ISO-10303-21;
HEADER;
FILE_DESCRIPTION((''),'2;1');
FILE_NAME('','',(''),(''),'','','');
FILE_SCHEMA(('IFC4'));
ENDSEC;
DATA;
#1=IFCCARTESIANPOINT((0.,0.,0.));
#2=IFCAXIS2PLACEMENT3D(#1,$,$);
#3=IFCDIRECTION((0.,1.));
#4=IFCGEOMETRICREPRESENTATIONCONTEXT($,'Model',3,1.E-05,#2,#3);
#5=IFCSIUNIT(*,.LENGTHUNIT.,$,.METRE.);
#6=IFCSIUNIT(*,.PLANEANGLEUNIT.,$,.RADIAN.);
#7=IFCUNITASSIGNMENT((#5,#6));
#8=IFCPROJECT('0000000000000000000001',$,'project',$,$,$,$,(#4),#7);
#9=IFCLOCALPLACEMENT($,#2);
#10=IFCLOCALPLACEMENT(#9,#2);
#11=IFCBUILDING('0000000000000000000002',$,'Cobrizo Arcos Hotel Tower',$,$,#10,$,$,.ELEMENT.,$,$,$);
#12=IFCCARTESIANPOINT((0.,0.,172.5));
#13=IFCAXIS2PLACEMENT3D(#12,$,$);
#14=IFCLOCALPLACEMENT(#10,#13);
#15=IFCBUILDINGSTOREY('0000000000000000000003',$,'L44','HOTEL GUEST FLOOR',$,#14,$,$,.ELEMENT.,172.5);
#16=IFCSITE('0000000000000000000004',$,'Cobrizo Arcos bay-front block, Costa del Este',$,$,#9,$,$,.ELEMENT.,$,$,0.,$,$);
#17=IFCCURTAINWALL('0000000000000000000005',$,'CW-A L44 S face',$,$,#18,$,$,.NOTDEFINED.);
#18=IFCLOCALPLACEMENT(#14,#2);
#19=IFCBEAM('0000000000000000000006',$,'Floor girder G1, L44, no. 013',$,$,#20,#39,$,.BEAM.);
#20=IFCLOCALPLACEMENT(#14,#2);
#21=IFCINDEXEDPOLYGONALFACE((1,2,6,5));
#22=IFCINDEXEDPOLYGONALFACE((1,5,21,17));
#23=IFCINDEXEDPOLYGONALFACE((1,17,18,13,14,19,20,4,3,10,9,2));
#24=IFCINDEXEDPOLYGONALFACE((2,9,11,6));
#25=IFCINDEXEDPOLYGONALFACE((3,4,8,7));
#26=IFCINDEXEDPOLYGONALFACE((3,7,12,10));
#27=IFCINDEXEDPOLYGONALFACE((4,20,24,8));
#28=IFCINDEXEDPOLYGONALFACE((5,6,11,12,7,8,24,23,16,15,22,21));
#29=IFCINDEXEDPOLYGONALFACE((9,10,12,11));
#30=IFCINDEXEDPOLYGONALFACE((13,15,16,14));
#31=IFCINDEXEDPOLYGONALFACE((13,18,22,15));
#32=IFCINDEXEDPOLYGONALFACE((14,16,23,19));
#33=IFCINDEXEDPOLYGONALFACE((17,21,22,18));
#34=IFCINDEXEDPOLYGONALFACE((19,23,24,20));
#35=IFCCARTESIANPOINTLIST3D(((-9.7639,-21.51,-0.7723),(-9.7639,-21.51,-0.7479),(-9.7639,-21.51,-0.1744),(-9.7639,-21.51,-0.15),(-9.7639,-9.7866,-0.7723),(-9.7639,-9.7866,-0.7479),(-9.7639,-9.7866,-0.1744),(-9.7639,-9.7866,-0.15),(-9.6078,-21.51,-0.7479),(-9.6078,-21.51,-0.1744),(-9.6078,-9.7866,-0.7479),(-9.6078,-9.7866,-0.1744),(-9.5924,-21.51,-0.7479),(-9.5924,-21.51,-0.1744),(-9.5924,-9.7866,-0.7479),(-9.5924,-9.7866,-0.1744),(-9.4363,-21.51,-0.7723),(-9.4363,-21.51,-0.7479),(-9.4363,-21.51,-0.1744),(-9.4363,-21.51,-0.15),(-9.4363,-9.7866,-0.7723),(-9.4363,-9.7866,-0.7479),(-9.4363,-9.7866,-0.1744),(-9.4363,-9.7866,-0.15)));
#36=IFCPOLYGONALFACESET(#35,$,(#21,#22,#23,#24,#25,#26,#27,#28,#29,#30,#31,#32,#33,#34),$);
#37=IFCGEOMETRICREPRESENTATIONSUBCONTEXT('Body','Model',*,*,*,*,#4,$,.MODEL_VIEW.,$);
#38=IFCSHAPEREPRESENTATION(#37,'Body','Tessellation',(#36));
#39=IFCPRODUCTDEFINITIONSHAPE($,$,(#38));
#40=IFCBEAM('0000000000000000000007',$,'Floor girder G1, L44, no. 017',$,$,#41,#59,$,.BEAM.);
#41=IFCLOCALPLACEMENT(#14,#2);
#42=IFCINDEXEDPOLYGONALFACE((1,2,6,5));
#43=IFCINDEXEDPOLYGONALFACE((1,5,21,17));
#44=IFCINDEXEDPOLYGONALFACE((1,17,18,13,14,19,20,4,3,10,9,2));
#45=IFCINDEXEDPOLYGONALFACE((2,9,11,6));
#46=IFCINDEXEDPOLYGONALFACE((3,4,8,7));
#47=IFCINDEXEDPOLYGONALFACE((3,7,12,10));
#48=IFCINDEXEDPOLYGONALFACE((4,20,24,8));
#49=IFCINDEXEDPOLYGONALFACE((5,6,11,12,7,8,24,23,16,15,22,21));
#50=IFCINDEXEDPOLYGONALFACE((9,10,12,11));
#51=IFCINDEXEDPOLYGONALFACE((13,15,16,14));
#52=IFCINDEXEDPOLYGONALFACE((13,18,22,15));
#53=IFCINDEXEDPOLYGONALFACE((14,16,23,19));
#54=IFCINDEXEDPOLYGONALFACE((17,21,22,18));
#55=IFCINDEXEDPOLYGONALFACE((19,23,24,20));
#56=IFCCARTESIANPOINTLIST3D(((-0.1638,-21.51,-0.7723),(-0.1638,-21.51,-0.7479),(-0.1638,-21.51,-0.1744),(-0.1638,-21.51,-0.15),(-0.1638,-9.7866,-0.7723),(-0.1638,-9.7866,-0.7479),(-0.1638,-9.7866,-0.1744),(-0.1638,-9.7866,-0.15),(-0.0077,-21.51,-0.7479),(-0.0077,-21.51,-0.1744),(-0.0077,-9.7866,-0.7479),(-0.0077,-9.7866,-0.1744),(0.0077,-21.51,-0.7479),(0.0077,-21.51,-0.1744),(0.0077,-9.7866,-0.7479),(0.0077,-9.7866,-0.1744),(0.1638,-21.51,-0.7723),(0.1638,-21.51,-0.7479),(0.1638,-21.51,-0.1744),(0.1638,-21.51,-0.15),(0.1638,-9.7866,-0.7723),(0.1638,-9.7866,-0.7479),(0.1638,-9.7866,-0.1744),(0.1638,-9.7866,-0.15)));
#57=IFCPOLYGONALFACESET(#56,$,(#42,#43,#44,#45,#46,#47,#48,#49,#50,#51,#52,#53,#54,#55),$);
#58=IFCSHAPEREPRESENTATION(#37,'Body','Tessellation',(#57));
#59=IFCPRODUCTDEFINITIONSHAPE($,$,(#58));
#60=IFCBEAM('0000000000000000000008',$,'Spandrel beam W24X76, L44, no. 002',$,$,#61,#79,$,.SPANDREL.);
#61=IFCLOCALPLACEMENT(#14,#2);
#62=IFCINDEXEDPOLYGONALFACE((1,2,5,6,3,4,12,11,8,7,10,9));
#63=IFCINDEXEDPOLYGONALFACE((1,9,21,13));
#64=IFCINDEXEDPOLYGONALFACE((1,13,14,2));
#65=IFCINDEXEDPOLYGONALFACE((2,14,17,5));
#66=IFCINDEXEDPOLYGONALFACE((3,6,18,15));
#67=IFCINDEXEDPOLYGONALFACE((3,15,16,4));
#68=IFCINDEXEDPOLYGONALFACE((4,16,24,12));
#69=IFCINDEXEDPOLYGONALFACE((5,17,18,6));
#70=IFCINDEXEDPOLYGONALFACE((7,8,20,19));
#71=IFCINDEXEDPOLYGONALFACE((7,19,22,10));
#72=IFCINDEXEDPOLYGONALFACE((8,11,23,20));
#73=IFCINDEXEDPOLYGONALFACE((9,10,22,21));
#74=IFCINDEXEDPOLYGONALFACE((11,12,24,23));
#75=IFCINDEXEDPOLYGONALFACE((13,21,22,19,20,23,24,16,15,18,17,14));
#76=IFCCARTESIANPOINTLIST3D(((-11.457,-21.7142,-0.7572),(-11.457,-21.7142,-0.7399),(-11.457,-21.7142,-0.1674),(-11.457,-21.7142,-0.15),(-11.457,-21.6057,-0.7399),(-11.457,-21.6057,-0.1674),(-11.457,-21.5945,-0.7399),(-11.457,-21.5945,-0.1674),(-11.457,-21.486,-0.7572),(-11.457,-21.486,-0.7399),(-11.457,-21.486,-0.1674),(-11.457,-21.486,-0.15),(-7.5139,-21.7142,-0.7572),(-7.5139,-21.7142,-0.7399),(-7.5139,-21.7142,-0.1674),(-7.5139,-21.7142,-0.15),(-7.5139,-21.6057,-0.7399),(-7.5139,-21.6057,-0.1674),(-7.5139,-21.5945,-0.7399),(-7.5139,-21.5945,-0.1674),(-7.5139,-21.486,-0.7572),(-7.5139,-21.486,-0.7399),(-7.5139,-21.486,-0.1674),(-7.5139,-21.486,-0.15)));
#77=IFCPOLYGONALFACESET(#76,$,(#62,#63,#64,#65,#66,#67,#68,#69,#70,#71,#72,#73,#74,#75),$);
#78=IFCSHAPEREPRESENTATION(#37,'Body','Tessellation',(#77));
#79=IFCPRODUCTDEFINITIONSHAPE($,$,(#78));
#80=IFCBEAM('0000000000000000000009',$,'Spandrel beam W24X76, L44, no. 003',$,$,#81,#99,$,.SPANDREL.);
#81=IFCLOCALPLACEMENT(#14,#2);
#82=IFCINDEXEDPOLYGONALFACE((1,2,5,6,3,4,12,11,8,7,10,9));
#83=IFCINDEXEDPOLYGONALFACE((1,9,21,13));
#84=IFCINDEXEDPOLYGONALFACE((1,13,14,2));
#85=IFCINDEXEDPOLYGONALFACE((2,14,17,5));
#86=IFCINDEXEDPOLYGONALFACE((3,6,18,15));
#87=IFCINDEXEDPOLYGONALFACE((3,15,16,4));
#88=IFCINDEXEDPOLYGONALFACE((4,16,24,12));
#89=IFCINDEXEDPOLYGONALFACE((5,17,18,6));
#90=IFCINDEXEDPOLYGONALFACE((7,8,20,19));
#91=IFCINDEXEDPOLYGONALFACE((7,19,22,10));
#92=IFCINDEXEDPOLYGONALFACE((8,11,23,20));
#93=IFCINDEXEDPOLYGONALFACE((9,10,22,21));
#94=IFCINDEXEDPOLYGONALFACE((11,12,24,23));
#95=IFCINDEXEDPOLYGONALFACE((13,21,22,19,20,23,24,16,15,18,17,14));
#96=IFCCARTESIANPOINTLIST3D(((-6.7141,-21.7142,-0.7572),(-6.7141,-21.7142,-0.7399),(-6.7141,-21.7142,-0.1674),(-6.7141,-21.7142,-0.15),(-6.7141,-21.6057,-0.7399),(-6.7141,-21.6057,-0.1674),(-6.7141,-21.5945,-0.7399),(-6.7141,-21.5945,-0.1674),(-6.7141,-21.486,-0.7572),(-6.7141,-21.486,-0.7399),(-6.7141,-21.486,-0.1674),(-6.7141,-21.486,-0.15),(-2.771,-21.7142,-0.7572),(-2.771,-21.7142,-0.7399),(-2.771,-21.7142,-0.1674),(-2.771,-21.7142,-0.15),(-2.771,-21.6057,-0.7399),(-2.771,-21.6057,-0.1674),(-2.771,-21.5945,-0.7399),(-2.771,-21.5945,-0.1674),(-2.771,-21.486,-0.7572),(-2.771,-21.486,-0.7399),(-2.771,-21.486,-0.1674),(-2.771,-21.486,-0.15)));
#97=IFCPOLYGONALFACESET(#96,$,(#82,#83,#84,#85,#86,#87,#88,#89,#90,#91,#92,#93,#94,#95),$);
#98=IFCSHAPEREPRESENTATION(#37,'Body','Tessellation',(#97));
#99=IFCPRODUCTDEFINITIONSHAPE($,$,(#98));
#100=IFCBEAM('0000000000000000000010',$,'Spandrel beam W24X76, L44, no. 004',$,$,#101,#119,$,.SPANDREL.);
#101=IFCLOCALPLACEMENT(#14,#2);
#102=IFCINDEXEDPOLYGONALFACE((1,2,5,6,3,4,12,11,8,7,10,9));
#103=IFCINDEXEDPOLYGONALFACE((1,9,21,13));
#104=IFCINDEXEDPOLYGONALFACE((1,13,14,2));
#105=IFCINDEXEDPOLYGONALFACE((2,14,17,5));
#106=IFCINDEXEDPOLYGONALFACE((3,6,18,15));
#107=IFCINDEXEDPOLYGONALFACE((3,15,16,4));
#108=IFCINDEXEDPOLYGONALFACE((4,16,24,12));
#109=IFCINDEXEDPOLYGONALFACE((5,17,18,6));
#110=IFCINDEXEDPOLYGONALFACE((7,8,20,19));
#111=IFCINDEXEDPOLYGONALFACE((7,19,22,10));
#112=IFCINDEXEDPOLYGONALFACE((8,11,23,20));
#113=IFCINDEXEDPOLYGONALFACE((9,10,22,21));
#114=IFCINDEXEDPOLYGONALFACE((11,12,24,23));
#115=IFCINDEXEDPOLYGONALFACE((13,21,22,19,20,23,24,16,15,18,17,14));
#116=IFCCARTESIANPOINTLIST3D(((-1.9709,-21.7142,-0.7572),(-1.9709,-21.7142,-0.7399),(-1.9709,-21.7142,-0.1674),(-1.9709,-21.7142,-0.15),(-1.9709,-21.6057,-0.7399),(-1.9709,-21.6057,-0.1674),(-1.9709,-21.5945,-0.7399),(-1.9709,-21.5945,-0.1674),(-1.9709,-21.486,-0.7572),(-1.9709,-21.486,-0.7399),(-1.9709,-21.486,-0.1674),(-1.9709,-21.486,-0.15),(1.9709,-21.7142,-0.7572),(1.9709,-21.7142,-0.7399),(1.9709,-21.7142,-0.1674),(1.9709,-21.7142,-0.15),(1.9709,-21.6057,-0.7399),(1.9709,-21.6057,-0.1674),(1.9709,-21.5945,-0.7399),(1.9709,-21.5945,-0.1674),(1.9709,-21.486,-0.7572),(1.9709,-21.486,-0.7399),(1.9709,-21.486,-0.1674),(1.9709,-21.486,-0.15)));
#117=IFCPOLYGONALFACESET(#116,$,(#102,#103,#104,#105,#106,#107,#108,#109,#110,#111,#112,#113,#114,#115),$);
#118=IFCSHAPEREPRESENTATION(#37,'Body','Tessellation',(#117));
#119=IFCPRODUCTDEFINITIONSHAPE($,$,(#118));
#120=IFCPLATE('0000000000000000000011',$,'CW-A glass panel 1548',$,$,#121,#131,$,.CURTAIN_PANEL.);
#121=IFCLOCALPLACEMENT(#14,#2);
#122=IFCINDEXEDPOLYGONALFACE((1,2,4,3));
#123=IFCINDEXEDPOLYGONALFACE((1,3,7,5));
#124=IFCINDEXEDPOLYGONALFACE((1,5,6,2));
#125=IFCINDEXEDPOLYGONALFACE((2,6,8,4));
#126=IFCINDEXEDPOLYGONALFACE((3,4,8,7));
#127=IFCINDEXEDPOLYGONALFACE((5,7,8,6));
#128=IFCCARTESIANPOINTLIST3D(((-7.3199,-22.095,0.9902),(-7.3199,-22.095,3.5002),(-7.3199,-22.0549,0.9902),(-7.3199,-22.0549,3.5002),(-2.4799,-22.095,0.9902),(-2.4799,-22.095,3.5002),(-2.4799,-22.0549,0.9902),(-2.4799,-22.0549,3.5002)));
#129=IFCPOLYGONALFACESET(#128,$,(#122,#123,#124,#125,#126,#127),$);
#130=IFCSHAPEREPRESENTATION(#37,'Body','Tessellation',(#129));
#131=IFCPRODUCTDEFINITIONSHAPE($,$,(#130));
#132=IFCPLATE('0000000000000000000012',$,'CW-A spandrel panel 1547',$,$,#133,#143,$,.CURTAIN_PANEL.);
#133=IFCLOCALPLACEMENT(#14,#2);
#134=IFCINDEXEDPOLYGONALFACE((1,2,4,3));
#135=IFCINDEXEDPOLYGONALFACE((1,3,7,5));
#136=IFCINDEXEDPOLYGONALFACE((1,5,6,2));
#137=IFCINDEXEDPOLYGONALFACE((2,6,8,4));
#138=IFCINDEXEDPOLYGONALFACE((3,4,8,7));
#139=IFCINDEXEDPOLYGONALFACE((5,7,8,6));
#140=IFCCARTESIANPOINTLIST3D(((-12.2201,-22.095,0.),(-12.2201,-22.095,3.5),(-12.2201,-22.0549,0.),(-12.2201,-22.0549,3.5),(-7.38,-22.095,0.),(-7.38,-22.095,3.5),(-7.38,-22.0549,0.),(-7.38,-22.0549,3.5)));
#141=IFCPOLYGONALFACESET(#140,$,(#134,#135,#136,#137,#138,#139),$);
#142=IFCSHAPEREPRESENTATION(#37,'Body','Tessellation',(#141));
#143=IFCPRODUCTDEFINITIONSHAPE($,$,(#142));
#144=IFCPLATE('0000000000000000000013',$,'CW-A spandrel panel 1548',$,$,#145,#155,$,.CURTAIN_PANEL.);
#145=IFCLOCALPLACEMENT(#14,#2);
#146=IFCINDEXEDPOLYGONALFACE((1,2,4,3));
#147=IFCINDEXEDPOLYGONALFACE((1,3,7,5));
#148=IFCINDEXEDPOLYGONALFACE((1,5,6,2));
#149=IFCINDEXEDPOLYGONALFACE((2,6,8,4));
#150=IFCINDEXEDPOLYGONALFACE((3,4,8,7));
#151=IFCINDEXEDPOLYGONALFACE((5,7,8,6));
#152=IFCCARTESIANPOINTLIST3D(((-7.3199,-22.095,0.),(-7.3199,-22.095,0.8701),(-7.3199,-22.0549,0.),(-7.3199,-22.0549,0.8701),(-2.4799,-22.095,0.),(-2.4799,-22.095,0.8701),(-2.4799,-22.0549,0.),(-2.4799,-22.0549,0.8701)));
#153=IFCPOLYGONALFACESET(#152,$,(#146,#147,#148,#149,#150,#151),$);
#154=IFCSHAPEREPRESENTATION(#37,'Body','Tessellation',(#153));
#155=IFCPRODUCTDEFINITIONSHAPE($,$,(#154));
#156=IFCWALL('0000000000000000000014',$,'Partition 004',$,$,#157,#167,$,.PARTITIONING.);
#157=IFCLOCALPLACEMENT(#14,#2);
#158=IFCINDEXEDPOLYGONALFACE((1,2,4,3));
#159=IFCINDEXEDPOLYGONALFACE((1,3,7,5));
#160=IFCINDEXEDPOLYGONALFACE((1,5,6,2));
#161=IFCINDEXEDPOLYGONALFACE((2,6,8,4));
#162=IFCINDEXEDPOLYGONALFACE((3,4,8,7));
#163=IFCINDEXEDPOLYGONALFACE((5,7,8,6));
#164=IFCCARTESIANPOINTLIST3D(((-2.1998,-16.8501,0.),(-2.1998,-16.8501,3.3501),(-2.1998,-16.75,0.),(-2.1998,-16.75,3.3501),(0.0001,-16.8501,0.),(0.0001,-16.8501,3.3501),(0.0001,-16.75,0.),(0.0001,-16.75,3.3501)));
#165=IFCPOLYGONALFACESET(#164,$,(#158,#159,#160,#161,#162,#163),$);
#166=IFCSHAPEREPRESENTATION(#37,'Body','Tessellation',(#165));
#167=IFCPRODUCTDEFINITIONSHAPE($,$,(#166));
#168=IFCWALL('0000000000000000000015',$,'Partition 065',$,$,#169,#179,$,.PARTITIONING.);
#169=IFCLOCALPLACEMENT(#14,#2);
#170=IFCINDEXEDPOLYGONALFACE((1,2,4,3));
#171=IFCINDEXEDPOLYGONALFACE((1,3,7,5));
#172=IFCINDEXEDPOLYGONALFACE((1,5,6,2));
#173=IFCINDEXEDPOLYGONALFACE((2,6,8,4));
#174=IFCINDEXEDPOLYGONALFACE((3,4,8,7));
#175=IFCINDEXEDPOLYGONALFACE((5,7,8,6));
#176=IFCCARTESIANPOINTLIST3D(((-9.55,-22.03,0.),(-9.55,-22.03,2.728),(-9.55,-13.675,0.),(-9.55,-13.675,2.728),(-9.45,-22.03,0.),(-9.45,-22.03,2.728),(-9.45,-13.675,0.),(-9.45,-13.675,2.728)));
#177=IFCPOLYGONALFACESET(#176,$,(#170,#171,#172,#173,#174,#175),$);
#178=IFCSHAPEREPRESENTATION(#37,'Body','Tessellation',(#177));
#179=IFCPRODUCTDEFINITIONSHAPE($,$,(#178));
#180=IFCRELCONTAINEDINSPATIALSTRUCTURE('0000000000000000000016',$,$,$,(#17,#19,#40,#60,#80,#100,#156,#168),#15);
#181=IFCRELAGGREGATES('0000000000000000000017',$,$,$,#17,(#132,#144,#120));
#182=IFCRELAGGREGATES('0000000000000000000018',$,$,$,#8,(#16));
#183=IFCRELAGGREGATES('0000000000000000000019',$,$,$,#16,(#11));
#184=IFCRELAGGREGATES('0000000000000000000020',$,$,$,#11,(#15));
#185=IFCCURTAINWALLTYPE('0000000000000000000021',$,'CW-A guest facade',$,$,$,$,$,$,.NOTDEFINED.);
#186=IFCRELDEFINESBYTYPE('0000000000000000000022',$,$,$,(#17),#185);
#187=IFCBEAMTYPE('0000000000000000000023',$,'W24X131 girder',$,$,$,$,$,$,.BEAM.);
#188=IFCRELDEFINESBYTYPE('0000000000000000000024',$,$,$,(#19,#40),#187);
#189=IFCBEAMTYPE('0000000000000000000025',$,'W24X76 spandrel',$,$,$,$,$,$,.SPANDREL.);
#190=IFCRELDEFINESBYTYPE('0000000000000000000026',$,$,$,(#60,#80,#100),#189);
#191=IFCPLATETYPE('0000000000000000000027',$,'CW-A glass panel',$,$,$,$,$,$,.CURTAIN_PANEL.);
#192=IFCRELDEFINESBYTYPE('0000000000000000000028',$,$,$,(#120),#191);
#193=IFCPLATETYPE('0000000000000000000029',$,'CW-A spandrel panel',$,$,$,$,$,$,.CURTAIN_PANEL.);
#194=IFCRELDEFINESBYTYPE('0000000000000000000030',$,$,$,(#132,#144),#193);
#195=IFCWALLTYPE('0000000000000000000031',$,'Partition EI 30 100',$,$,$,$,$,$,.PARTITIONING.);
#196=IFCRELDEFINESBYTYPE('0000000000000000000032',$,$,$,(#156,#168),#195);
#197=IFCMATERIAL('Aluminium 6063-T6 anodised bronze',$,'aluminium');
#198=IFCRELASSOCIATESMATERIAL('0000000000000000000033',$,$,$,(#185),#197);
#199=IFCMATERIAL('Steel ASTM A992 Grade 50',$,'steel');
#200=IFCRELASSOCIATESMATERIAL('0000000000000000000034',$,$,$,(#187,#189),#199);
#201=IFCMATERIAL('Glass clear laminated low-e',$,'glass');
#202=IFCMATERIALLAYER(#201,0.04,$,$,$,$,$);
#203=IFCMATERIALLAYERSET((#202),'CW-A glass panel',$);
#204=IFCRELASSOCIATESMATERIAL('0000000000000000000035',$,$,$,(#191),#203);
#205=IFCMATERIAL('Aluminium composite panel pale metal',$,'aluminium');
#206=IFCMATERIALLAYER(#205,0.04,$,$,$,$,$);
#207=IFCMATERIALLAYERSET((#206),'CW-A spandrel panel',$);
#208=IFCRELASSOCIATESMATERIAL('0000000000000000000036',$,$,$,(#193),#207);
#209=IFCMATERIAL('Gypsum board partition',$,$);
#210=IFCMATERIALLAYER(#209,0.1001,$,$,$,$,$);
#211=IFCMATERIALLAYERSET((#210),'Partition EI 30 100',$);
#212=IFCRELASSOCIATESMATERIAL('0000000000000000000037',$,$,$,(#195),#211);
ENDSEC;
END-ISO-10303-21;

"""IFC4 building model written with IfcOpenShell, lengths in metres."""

from ifc_helpers import new_model, si_unit, direction, frame, frame_2d, origin, origin_2d, place, context, subcontext, project, spatial, rectangle, i_section, extrude, material, layer, layer_set, material_profile, profile_set, type_object, element, aggregate, save


model = new_model("IFC4")

# Units and contexts
model_context = context("Model", 3, precision=1e-05, world=origin(), true_north=direction((0.0, 1.0)))
body_context = subcontext(model_context, "Body", "Model", "MODEL_VIEW")
ifc_project = project(units=[si_unit("LENGTHUNIT", "METRE"), si_unit("PLANEANGLEUNIT", "RADIAN")], contexts=[model_context])

# Site, building, storey
site_placement = place(None, origin())
site = spatial("IfcSite", under=ifc_project, at=site_placement, Name="Cobrizo Arcos bay-front block, Costa del Este", CompositionType="ELEMENT", RefElevation=0.0)
building_placement = place(site_placement, origin())
building = spatial("IfcBuilding", under=site, at=building_placement, Name="Cobrizo Arcos Hotel Tower", CompositionType="ELEMENT")
storey_placement = place(building_placement, frame((0.0, 0.0, 172.5)))
storey = spatial("IfcBuildingStorey", under=building, at=storey_placement, Name="L44", Description="HOTEL GUEST FLOOR", CompositionType="ELEMENT", Elevation=172.5)

# Curtain wall
ifc_material_1 = material(Name="Aluminium 6063-T6 anodised bronze", Category="aluminium")
curtain_wall_type = type_object("IfcCurtainWallType", Name="CW-A guest facade", PredefinedType="NOTDEFINED", material=ifc_material_1)
curtain_wall_placement = place(storey_placement, origin())
curtain_wall = element("IfcCurtainWall", 1, at=curtain_wall_placement, inside=storey, type_object=curtain_wall_type, Name="CW-A L44 S face", PredefinedType="NOTDEFINED")

# Beams
ifc_material_2 = material(Name="Steel ASTM A992 Grade 50", Category="steel")
ifc_material_profile_1 = material_profile(ifc_material_2, i_section(OverallWidth=0.3276, OverallDepth=0.6223, WebThickness=0.0154, FlangeThickness=0.0244, at=origin_2d()), Name="W24X131")
ifc_profile_set_1 = profile_set([ifc_material_profile_1], Name="Steel ASTM A992 Grade 50")
beam_type_1 = type_object("IfcBeamType", Name="W24X131 girder", PredefinedType="BEAM", material=ifc_profile_set_1)
for number, where, z_axis, x_axis, name in (
    (2, (-9.6001, -21.51, -0.4612), (0.0, 1.0, 0.0), (-1.0, 0.0, 0.0), "Floor girder G1, L44, no. 013"),
    (3, (0.0, -21.51, -0.4612), (0.0, 1.0, 0.0), (-1.0, 0.0, 0.0), "Floor girder G1, L44, no. 017"),
):
    element("IfcBeam", number, at=place(storey_placement, frame(where, z_axis=z_axis, x_axis=x_axis)), inside=storey, type_object=beam_type_1, Name=name, PredefinedType="BEAM", context=body_context, shape_type="SweptSolid", body=[
        extrude(i_section(OverallWidth=0.3276, OverallDepth=0.6223, WebThickness=0.0154, FlangeThickness=0.0244, at=origin_2d()), origin(), (0.0, 0.0, 1.0), 11.7234),
    ])
ifc_material_profile_2 = material_profile(ifc_material_2, i_section(OverallWidth=0.2283, OverallDepth=0.6072, WebThickness=0.0112, FlangeThickness=0.0173, at=origin_2d()), Name="W24X76")
ifc_profile_set_2 = profile_set([ifc_material_profile_2], Name="Steel ASTM A992 Grade 50")
beam_type_2 = type_object("IfcBeamType", Name="W24X76 spandrel", PredefinedType="SPANDREL", material=ifc_profile_set_2)
for number, where, z_axis, x_axis, name in (
    (4, (-11.457, -21.6001, -0.4536), (1.0, 0.0, 0.0), (0.0, 1.0, 0.0), "Spandrel beam W24X76, L44, no. 002"),
    (5, (-6.7141, -21.6001, -0.4536), (1.0, 0.0, 0.0), (0.0, 1.0, 0.0), "Spandrel beam W24X76, L44, no. 003"),
):
    element("IfcBeam", number, at=place(storey_placement, frame(where, z_axis=z_axis, x_axis=x_axis)), inside=storey, type_object=beam_type_2, Name=name, PredefinedType="SPANDREL", context=body_context, shape_type="SweptSolid", body=[
        extrude(i_section(OverallWidth=0.2283, OverallDepth=0.6072, WebThickness=0.0112, FlangeThickness=0.0173, at=origin_2d()), origin(), (0.0, 0.0, 1.0), 3.9431),
    ])
beam_1_placement = place(storey_placement, frame((-1.9709, -21.6001, -0.4536), z_axis=(1.0, 0.0, 0.0), x_axis=(0.0, 1.0, 0.0)))
element("IfcBeam", 6, at=beam_1_placement, inside=storey, type_object=beam_type_2, Name="Spandrel beam W24X76, L44, no. 004", PredefinedType="SPANDREL", context=body_context, shape_type="SweptSolid", body=[
    extrude(i_section(OverallWidth=0.2283, OverallDepth=0.6072, WebThickness=0.0112, FlangeThickness=0.0173, at=origin_2d()), origin(), (0.0, 0.0, 1.0), 3.9419),
])

# Plates
ifc_material_3 = material(Name="Glass clear laminated low-e", Category="glass")
ifc_layer_1 = layer(ifc_material_3, 0.04)
ifc_layer_set_1 = layer_set([ifc_layer_1], Name="CW-A glass panel")
plate_type_1 = type_object("IfcPlateType", Name="CW-A glass panel", PredefinedType="CURTAIN_PANEL", material=ifc_layer_set_1)
plate_1_placement = place(storey_placement, frame((-4.8999, -22.075, 0.9902), z_axis=(0.0, 0.0, 1.0), x_axis=(1.0, 0.0, 0.0)))
plate_1 = element("IfcPlate", 7, at=plate_1_placement, type_object=plate_type_1, Name="CW-A glass panel 1548", PredefinedType="CURTAIN_PANEL", context=body_context, shape_type="SweptSolid", body=[
    extrude(rectangle(XDim=4.8401, YDim=0.04, at=origin_2d()), origin(), (0.0, 0.0, 1.0), 2.51),
])
ifc_material_4 = material(Name="Aluminium composite panel pale metal", Category="aluminium")
ifc_layer_2 = layer(ifc_material_4, 0.04)
ifc_layer_set_2 = layer_set([ifc_layer_2], Name="CW-A spandrel panel")
plate_type_2 = type_object("IfcPlateType", Name="CW-A spandrel panel", PredefinedType="CURTAIN_PANEL", material=ifc_layer_set_2)
plate_2_placement = place(storey_placement, frame((-9.8, -22.075, 0.0), z_axis=(0.0, 0.0, 1.0), x_axis=(1.0, 0.0, 0.0)))
plate_2 = element("IfcPlate", 8, at=plate_2_placement, type_object=plate_type_2, Name="CW-A spandrel panel 1547", PredefinedType="CURTAIN_PANEL", context=body_context, shape_type="SweptSolid", body=[
    extrude(rectangle(XDim=4.8401, YDim=0.04, at=origin_2d()), origin(), (0.0, 0.0, 1.0), 3.5),
])
plate_3_placement = place(storey_placement, frame((-4.8999, -22.075, 0.0), z_axis=(0.0, 0.0, 1.0), x_axis=(1.0, 0.0, 0.0)))
plate_3 = element("IfcPlate", 9, at=plate_3_placement, type_object=plate_type_2, Name="CW-A spandrel panel 1548", PredefinedType="CURTAIN_PANEL", context=body_context, shape_type="SweptSolid", body=[
    extrude(rectangle(XDim=4.8401, YDim=0.04, at=origin_2d()), origin(), (0.0, 0.0, 1.0), 0.8701),
])
aggregate(curtain_wall, [plate_2, plate_3, plate_1])

# Walls
ifc_material_5 = material(Name="Gypsum board partition")
ifc_layer_3 = layer(ifc_material_5, 0.1001)
ifc_layer_set_3 = layer_set([ifc_layer_3], Name="Partition EI 30 100")
wall_type = type_object("IfcWallType", Name="Partition EI 30 100", PredefinedType="PARTITIONING", material=ifc_layer_set_3)
wall_1_placement = place(storey_placement, frame((-2.2, -16.8, 0.0), z_axis=(0.0, 0.0, 1.0), x_axis=(1.0, 0.0, 0.0)))
element("IfcWall", 10, at=wall_1_placement, inside=storey, type_object=wall_type, Name="Partition 004", PredefinedType="PARTITIONING", context=body_context, shape_type="SweptSolid", body=[
    extrude(rectangle(XDim=2.2, YDim=0.1001, at=frame_2d((1.1001, 0.0))), origin(), (0.0, 0.0, 1.0), 3.3501),
])
wall_2_placement = place(storey_placement, frame((-9.5, -22.03, 0.0), z_axis=(0.0, 0.0, 1.0), x_axis=(0.0, 1.0, 0.0)))
element("IfcWall", 11, at=wall_2_placement, inside=storey, type_object=wall_type, Name="Partition 065", PredefinedType="PARTITIONING", context=body_context, shape_type="SweptSolid", body=[
    extrude(rectangle(XDim=8.355, YDim=0.1001, at=frame_2d((4.1775, 0.0))), origin(), (0.0, 0.0, 1.0), 2.728),
])

save(model, "model.ifc")
